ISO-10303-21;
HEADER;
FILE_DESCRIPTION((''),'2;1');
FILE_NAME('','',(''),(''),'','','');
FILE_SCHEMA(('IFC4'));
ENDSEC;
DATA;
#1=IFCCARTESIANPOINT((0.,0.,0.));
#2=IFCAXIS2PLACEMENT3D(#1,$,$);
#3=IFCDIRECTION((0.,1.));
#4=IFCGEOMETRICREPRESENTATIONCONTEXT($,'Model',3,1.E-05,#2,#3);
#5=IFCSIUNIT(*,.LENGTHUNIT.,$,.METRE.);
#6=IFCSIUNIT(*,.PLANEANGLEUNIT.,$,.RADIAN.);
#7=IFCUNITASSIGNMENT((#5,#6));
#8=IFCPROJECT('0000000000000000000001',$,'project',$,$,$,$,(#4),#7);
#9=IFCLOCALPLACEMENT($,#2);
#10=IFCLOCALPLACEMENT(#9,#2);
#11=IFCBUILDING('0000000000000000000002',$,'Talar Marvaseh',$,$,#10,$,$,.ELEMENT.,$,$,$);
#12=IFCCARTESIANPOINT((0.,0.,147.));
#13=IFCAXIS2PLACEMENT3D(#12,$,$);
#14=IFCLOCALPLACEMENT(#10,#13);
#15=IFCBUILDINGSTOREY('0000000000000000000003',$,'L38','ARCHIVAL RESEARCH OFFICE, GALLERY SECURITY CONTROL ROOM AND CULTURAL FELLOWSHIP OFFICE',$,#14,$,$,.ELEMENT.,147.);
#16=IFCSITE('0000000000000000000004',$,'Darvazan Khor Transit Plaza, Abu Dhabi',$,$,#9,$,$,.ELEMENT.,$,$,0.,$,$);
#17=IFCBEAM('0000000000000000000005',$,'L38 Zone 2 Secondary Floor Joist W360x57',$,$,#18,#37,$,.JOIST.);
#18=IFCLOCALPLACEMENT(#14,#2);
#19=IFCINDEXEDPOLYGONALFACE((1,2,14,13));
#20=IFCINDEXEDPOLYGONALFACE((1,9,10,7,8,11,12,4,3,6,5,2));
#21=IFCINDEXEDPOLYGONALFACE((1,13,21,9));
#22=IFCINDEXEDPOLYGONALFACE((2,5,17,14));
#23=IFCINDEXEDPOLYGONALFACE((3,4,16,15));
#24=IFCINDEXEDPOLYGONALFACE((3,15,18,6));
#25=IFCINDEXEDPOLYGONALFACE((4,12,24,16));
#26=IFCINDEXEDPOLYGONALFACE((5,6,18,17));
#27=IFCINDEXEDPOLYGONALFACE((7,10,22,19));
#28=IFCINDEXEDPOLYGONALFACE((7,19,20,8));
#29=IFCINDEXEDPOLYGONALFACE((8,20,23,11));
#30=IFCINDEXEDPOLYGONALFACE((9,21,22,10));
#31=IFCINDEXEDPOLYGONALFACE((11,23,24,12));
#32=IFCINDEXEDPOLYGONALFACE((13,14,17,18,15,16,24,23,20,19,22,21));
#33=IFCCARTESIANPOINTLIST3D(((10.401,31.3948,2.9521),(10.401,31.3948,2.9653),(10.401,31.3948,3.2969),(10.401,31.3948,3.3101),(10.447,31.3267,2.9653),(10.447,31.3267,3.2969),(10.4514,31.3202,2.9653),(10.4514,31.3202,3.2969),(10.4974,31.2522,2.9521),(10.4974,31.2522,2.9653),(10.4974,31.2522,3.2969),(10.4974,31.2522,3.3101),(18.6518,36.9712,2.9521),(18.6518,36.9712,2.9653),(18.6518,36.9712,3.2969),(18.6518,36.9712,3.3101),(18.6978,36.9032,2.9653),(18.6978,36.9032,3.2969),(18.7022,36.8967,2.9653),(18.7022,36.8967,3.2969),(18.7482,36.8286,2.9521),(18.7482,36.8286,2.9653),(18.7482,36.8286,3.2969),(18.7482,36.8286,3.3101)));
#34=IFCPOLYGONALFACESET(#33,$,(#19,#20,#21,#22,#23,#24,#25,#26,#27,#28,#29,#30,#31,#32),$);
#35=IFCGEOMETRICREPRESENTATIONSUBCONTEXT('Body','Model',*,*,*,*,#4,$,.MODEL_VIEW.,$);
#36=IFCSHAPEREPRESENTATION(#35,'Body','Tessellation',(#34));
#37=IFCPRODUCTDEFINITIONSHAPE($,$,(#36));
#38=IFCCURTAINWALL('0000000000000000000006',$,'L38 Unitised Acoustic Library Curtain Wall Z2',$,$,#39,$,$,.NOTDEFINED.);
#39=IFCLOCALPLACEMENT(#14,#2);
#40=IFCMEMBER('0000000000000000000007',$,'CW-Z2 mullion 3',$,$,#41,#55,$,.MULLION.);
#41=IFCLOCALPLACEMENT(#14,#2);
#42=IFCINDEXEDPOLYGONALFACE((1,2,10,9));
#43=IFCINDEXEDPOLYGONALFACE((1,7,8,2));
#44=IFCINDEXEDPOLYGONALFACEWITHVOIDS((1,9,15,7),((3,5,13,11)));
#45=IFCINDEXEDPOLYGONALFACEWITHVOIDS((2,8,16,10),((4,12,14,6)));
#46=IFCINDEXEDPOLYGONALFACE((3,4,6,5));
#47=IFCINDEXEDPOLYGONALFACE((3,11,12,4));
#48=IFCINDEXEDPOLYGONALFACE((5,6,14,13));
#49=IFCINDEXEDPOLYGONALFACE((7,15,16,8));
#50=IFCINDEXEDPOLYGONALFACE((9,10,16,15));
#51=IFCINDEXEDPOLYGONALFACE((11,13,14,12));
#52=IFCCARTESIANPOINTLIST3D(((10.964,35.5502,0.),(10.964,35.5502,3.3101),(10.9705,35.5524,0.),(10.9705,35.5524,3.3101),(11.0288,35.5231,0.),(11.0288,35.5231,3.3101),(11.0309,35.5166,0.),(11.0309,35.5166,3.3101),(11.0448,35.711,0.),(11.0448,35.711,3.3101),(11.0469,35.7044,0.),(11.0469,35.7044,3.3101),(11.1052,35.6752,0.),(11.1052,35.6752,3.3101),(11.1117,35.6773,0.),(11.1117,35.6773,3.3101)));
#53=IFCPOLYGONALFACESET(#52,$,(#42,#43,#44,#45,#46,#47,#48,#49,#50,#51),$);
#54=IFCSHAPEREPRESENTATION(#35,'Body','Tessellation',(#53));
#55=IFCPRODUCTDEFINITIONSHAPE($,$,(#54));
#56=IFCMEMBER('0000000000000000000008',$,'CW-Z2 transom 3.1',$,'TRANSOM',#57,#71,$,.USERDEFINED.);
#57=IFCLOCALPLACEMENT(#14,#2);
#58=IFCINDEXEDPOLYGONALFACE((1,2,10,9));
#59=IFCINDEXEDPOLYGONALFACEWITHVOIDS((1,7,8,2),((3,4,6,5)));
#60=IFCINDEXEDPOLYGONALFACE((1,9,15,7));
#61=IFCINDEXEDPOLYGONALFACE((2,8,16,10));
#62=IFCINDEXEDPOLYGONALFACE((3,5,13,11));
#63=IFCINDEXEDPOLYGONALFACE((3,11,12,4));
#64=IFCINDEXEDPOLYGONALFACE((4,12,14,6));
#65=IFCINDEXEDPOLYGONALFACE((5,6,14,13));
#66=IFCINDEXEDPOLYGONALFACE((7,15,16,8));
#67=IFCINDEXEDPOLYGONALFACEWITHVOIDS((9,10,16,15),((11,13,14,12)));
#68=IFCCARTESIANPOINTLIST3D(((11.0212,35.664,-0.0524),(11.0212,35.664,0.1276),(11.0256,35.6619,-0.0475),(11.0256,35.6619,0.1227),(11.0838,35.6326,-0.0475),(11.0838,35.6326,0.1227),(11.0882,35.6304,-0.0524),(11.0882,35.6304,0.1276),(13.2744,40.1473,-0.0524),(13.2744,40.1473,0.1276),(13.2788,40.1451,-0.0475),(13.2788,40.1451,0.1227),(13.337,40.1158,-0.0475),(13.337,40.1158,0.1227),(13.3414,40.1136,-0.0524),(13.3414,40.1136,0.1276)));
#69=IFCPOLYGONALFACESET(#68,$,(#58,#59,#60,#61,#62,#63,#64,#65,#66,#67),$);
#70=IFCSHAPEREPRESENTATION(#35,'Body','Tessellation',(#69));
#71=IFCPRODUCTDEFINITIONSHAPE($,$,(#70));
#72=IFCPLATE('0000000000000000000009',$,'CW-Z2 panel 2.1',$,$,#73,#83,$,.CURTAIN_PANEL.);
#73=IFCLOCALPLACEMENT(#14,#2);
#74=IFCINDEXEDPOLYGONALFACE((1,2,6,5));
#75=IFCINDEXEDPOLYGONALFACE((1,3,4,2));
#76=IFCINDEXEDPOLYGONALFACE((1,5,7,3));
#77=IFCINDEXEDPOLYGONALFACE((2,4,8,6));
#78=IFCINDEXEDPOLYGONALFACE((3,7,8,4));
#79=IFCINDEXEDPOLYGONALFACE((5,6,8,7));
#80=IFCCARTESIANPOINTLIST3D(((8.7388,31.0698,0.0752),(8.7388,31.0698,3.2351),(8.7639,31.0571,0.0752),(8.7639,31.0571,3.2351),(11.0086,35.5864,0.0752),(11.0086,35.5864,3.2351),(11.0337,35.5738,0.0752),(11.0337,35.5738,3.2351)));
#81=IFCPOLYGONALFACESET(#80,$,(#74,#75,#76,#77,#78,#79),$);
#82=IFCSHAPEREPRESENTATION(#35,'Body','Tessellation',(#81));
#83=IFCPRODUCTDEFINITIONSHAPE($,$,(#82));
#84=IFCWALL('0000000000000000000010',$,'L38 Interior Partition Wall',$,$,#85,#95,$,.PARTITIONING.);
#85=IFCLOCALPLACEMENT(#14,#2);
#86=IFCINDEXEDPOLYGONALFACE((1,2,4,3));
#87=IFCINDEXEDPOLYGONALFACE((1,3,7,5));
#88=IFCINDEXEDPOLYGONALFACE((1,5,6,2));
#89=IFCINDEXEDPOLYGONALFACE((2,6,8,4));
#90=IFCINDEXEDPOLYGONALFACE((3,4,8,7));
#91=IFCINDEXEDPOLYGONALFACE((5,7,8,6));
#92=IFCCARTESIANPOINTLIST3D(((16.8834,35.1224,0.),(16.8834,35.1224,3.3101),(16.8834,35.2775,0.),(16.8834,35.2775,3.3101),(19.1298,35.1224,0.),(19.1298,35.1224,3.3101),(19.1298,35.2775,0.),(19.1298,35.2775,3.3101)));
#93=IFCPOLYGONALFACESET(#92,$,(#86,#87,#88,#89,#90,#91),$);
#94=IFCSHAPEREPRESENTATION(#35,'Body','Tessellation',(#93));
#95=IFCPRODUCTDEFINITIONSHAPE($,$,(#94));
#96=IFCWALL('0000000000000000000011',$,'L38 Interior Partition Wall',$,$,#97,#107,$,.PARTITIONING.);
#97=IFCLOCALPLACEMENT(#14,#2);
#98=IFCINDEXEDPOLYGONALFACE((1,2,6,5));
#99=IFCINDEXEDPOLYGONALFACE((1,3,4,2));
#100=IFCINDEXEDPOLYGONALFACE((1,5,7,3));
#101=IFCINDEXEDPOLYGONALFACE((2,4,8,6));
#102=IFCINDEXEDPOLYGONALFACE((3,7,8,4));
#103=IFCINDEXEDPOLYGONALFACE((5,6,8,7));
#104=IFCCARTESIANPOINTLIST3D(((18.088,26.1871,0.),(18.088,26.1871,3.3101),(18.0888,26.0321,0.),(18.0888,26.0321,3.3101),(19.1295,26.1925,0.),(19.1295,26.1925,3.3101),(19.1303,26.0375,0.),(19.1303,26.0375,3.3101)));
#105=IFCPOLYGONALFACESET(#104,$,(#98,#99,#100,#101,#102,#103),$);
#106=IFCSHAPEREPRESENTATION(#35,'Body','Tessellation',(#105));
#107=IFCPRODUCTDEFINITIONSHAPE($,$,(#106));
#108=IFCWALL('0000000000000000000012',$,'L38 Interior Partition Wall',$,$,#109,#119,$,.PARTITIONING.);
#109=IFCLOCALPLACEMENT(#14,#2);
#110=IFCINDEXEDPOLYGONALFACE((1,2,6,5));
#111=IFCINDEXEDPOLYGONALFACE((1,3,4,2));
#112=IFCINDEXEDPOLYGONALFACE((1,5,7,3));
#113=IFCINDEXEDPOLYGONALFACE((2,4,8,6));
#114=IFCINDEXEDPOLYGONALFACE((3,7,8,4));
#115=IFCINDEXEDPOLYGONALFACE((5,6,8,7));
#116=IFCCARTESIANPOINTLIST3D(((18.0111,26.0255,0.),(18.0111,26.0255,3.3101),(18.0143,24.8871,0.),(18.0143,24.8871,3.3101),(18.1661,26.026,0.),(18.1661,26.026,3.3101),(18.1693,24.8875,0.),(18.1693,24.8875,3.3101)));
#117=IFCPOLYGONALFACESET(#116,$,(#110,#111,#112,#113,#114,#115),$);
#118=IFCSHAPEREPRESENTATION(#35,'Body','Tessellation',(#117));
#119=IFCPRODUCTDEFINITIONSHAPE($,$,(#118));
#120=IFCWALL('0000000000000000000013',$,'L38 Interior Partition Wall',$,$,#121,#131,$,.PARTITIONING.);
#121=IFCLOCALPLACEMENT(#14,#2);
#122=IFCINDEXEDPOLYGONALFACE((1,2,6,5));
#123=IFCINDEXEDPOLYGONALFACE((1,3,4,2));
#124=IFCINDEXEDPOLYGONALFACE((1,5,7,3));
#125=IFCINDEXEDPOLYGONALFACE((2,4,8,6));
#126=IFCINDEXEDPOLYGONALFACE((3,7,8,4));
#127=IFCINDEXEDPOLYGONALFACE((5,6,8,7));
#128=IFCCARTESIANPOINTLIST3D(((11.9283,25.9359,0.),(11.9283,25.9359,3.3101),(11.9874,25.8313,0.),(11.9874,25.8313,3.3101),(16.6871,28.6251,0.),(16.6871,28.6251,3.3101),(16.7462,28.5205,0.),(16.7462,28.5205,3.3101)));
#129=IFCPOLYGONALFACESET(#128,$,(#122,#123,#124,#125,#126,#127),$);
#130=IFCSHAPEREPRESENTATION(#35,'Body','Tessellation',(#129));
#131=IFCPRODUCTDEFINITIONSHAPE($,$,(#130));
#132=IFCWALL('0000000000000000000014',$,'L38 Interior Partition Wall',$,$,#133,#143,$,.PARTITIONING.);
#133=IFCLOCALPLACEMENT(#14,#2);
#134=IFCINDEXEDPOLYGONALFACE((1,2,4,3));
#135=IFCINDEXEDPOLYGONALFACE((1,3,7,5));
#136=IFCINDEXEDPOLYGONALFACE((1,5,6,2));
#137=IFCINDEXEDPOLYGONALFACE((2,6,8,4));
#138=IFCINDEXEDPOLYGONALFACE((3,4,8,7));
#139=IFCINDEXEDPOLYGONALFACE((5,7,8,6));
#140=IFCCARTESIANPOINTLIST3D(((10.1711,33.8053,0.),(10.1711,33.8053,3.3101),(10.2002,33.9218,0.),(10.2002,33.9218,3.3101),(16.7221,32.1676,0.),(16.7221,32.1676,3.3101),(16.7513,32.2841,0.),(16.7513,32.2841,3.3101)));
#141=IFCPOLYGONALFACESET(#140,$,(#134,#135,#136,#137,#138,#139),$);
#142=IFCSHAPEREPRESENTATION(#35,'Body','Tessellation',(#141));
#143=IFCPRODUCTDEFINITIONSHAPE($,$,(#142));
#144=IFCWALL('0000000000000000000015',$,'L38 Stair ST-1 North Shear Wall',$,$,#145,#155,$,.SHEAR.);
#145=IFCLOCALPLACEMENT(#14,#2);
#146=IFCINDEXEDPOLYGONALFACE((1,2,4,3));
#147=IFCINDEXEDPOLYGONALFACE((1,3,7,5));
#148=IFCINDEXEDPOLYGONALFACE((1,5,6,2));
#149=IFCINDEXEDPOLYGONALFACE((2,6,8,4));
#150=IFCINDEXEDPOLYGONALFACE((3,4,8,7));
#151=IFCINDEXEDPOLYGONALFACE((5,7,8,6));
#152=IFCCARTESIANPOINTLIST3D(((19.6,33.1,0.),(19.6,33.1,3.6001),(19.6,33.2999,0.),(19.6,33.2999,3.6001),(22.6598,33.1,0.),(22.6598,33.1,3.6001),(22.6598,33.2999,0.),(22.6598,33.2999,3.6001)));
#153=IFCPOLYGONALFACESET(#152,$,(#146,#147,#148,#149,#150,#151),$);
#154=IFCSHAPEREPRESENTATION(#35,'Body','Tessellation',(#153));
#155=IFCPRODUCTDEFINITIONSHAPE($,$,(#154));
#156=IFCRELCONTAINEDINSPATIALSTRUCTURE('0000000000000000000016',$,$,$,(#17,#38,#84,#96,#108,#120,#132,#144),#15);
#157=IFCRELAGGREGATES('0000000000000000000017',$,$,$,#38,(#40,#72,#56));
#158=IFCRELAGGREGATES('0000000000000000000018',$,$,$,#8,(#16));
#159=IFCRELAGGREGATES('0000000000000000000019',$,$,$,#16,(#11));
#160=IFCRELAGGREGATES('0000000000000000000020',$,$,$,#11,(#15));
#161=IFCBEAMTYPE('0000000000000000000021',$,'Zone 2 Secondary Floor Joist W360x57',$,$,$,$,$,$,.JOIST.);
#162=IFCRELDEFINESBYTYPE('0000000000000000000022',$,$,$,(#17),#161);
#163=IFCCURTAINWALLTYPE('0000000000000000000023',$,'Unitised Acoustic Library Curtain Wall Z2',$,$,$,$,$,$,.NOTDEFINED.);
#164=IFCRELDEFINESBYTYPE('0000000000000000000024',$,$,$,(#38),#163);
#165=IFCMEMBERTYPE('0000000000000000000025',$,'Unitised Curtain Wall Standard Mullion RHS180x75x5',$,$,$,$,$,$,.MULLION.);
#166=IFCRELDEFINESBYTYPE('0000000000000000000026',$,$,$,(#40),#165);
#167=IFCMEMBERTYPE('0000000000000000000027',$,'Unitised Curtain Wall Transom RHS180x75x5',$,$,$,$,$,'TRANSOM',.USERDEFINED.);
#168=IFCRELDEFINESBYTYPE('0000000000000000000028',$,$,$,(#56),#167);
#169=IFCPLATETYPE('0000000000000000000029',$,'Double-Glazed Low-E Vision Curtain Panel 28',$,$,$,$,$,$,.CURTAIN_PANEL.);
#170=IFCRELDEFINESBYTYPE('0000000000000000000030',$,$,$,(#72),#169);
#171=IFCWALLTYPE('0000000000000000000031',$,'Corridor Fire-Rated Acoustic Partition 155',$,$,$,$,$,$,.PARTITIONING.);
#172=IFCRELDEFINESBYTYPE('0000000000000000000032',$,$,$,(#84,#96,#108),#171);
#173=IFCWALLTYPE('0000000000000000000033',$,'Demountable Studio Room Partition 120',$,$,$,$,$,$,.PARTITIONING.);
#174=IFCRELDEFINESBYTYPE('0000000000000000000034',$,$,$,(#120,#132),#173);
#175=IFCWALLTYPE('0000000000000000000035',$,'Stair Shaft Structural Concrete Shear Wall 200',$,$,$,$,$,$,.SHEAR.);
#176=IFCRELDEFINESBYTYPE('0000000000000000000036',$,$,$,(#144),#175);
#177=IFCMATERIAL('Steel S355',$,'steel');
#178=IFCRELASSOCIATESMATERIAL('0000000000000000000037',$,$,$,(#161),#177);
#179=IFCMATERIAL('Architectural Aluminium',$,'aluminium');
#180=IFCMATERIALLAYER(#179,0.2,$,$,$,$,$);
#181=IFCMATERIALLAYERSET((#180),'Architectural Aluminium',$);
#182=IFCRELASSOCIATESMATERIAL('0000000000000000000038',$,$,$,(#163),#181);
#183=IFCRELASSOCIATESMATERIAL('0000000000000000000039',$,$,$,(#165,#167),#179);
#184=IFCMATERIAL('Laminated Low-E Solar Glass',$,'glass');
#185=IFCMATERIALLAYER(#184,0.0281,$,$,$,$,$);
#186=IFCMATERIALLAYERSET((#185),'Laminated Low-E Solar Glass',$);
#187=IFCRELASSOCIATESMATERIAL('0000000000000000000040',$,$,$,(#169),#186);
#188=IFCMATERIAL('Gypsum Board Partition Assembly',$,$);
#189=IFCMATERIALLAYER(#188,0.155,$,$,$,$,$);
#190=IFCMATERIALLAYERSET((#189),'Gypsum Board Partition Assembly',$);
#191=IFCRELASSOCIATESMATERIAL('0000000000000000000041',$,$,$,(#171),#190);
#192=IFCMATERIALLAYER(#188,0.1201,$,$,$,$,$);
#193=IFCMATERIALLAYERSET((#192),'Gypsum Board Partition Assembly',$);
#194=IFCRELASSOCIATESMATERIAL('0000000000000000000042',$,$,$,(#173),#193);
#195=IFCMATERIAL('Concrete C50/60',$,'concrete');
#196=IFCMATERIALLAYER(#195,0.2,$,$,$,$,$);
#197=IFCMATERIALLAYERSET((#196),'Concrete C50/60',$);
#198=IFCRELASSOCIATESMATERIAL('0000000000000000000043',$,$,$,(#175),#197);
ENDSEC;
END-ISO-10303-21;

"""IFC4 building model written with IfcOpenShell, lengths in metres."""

from ifc_helpers import new_model, si_unit, direction, frame, frame_2d, origin, origin_2d, place, context, subcontext, project, spatial, rectangle, hollow_rectangle, i_section, extrude, source, transform, mapped, material, layer, layer_set, material_profile, profile_set, type_object, type_shapes, element, aggregate, save


model = new_model("IFC4")

# Units and contexts
model_context = context("Model", 3, precision=1e-05, world=origin(), true_north=direction((0.0, 1.0)))
body_context = subcontext(model_context, "Body", "Model", "MODEL_VIEW")
ifc_project = project(units=[si_unit("LENGTHUNIT", "METRE"), si_unit("PLANEANGLEUNIT", "RADIAN")], contexts=[model_context])

# Site, building, storey
site_placement = place(None, origin())
site = spatial("IfcSite", under=ifc_project, at=site_placement, Name="Darvazan Khor Transit Plaza, Abu Dhabi", CompositionType="ELEMENT", RefElevation=0.0)
building_placement = place(site_placement, origin())
building = spatial("IfcBuilding", under=site, at=building_placement, Name="Talar Marvaseh", CompositionType="ELEMENT")
storey_placement = place(building_placement, frame((0.0, 0.0, 147.0)))
storey = spatial("IfcBuildingStorey", under=building, at=storey_placement, Name="L38", Description="ARCHIVAL RESEARCH OFFICE, GALLERY SECURITY CONTROL ROOM AND CULTURAL FELLOWSHIP OFFICE", CompositionType="ELEMENT", Elevation=147.0)

# Beam
ifc_material_1 = material(Name="Steel S355", Category="steel")
ifc_material_profile_1 = material_profile(ifc_material_1, i_section(OverallWidth=0.1721, OverallDepth=0.3579, WebThickness=0.0078, FlangeThickness=0.0132, at=origin_2d()), Name="W360x57")
ifc_profile_set_1 = profile_set([ifc_material_profile_1], Name="Steel S355")
beam_type = type_object("IfcBeamType", Name="Zone 2 Secondary Floor Joist W360x57", PredefinedType="JOIST", material=ifc_profile_set_1)
beam_placement = place(storey_placement, frame((10.4492, 31.3235, 3.1311), z_axis=(0.828515, 0.559967, 0.0), x_axis=(-0.559967, 0.828515, 0.0)))
element("IfcBeam", 1, at=beam_placement, inside=storey, type_object=beam_type, Name="L38 Zone 2 Secondary Floor Joist W360x57", PredefinedType="JOIST", context=body_context, shape_type="SweptSolid", body=[
    extrude(i_section(OverallWidth=0.1721, OverallDepth=0.3579, WebThickness=0.0078, FlangeThickness=0.0132, at=origin_2d()), origin(), (0.0, 0.0, 1.0), 9.9585),
])

# Curtain wall, members, plate
ifc_material_2 = material(Name="Architectural Aluminium", Category="aluminium")
ifc_layer_1 = layer(ifc_material_2, 0.2)
ifc_layer_set_1 = layer_set([ifc_layer_1], Name="Architectural Aluminium")
curtain_wall_type = type_object("IfcCurtainWallType", Name="Unitised Acoustic Library Curtain Wall Z2", PredefinedType="NOTDEFINED", material=ifc_layer_set_1)
curtain_wall_placement = place(storey_placement, origin())
curtain_wall = element("IfcCurtainWall", 2, at=curtain_wall_placement, inside=storey, type_object=curtain_wall_type, Name="L38 Unitised Acoustic Library Curtain Wall Z2", PredefinedType="NOTDEFINED")
ifc_material_profile_2 = material_profile(ifc_material_2, hollow_rectangle(XDim=0.075, YDim=0.1799, WallThickness=0.0049, at=origin_2d()), Name="RHS180x75x5")
ifc_profile_set_2 = profile_set([ifc_material_profile_2], Name="Architectural Aluminium")
member_type_1 = type_object("IfcMemberType", Name="Unitised Curtain Wall Standard Mullion RHS180x75x5", PredefinedType="MULLION", material=ifc_profile_set_2)
shared_shape_1 = source(origin(), body_context, "Body", "SweptSolid", [
    extrude(hollow_rectangle(XDim=0.075, YDim=0.1799, WallThickness=0.0049, at=origin_2d()), origin(), (0.0, 0.0, 1.0), 3.3101),
])
type_shapes(member_type_1, [shared_shape_1])
member_1_placement = place(storey_placement, frame((11.0378, 35.6138, 0.0), z_axis=(0.0, 0.0, 1.0), x_axis=(-0.893514, 0.449035, 0.0)))
member_1 = element("IfcMember", 3, at=member_1_placement, type_object=member_type_1, Name="CW-Z2 mullion 3", PredefinedType="MULLION", context=body_context, shape_type="MappedRepresentation", body=[
    mapped(shared_shape_1, transform((0.0, 0.0, 0.0), x_axis=(1.0, 0.0, 0.0), y_axis=(0.0, 1.0, 0.0), z_axis=(0.0, 0.0, 1.0), scale=1.0)),
])
ifc_material_profile_3 = material_profile(ifc_material_2, hollow_rectangle(XDim=0.075, YDim=0.1799, WallThickness=0.0049, at=origin_2d()), Name="RHS180x75x5")
ifc_profile_set_3 = profile_set([ifc_material_profile_3], Name="Architectural Aluminium")
member_type_2 = type_object("IfcMemberType", Name="Unitised Curtain Wall Transom RHS180x75x5", ElementType="TRANSOM", PredefinedType="USERDEFINED", material=ifc_profile_set_3)
shared_shape_2 = source(origin(), body_context, "Body", "SweptSolid", [
    extrude(hollow_rectangle(XDim=0.075, YDim=0.1799, WallThickness=0.0049, at=origin_2d()), origin(), (0.0, 0.0, 1.0), 5.0176),
])
type_shapes(member_type_2, [shared_shape_2])
member_2_placement = place(storey_placement, frame((11.0547, 35.6472, 0.0376), z_axis=(0.449062, 0.893501, 0.0), x_axis=(-0.893501, 0.449062, 0.0)))
member_2 = element("IfcMember", 4, at=member_2_placement, type_object=member_type_2, Name="CW-Z2 transom 3.1", ObjectType="TRANSOM", PredefinedType="USERDEFINED", context=body_context, shape_type="MappedRepresentation", body=[
    mapped(shared_shape_2, transform((0.0, 0.0, 0.0), x_axis=(1.0, 0.0, 0.0), y_axis=(0.0, 1.0, 0.0), z_axis=(0.0, 0.0, 1.0), scale=1.0)),
])
ifc_material_3 = material(Name="Laminated Low-E Solar Glass", Category="glass")
ifc_layer_2 = layer(ifc_material_3, 0.0281)
ifc_layer_set_2 = layer_set([ifc_layer_2], Name="Laminated Low-E Solar Glass")
plate_type = type_object("IfcPlateType", Name="Double-Glazed Low-E Vision Curtain Panel 28", PredefinedType="CURTAIN_PANEL", material=ifc_layer_set_2)
shared_shape_3 = source(origin(), body_context, "Body", "SweptSolid", [
    extrude(rectangle(XDim=5.0549, YDim=0.0281, at=origin_2d()), origin(), (0.0, 0.0, 1.0), 3.1599),
])
type_shapes(plate_type, [shared_shape_3])
plate_placement = place(storey_placement, frame((9.8862, 33.3218, 0.0752), z_axis=(0.0, 0.0, 1.0), x_axis=(0.449035, 0.893514, 0.0)))
plate = element("IfcPlate", 5, at=plate_placement, type_object=plate_type, Name="CW-Z2 panel 2.1", PredefinedType="CURTAIN_PANEL", context=body_context, shape_type="MappedRepresentation", body=[
    mapped(shared_shape_3, transform((0.0, 0.0, 0.0), x_axis=(1.0, 0.0, 0.0), y_axis=(0.0, 1.0, 0.0), z_axis=(0.0, 0.0, 1.0), scale=1.0)),
])
aggregate(curtain_wall, [member_1, plate, member_2])

# Walls
ifc_material_4 = material(Name="Gypsum Board Partition Assembly")
ifc_layer_3 = layer(ifc_material_4, 0.155)
ifc_layer_set_3 = layer_set([ifc_layer_3], Name="Gypsum Board Partition Assembly")
wall_type_1 = type_object("IfcWallType", Name="Corridor Fire-Rated Acoustic Partition 155", PredefinedType="PARTITIONING", material=ifc_layer_set_3)
wall_1_placement = place(storey_placement, frame((16.8835, 35.2, 0.0), z_axis=(0.0, 0.0, 1.0), x_axis=(1.0, 0.0, 0.0)))
element("IfcWall", 6, at=wall_1_placement, inside=storey, type_object=wall_type_1, Name="L38 Interior Partition Wall", PredefinedType="PARTITIONING", context=body_context, shape_type="SweptSolid", body=[
    extrude(rectangle(XDim=2.2463, YDim=0.155, at=frame_2d((1.123, 0.0))), origin(), (0.0, 0.0, 1.0), 3.3101),
])
wall_2_placement = place(storey_placement, frame((19.1299, 26.115, 0.0), z_axis=(0.0, 0.0, 1.0), x_axis=(-0.999987, -0.005157, 0.0)))
element("IfcWall", 7, at=wall_2_placement, inside=storey, type_object=wall_type_1, Name="L38 Interior Partition Wall", PredefinedType="PARTITIONING", context=body_context, shape_type="SweptSolid", body=[
    extrude(rectangle(XDim=1.0415, YDim=0.155, at=frame_2d((0.5208, 0.0))), origin(), (0.0, 0.0, 1.0), 3.3101),
])
wall_3_placement = place(storey_placement, frame((18.0886, 26.0259, 0.0), z_axis=(0.0, 0.0, 1.0), x_axis=(0.002788, -0.999996, 0.0)))
element("IfcWall", 8, at=wall_3_placement, inside=storey, type_object=wall_type_1, Name="L38 Interior Partition Wall", PredefinedType="PARTITIONING", context=body_context, shape_type="SweptSolid", body=[
    extrude(rectangle(XDim=1.1384, YDim=0.155, at=frame_2d((0.5693, 0.0))), origin(), (0.0, 0.0, 1.0), 3.3101),
])
ifc_layer_4 = layer(ifc_material_4, 0.1201)
ifc_layer_set_4 = layer_set([ifc_layer_4], Name="Gypsum Board Partition Assembly")
wall_type_2 = type_object("IfcWallType", Name="Demountable Studio Room Partition 120", PredefinedType="PARTITIONING", material=ifc_layer_set_4)
wall_4_placement = place(storey_placement, frame((16.7166, 28.5728, 0.0), z_axis=(0.0, 0.0, 1.0), x_axis=(-0.870605, -0.491982, 0.0)))
element("IfcWall", 9, at=wall_4_placement, inside=storey, type_object=wall_type_2, Name="L38 Interior Partition Wall", PredefinedType="PARTITIONING", context=body_context, shape_type="SweptSolid", body=[
    extrude(rectangle(XDim=5.4661, YDim=0.1201, at=frame_2d((2.7329, 0.0))), origin(), (0.0, 0.0, 1.0), 3.3101),
])
wall_5_placement = place(storey_placement, frame((16.7368, 32.2258, 0.0), z_axis=(0.0, 0.0, 1.0), x_axis=(-0.970145, 0.242527, 0.0)))
element("IfcWall", 10, at=wall_5_placement, inside=storey, type_object=wall_type_2, Name="L38 Interior Partition Wall", PredefinedType="PARTITIONING", context=body_context, shape_type="SweptSolid", body=[
    extrude(rectangle(XDim=6.7527, YDim=0.1201, at=frame_2d((3.3765, 0.0))), origin(), (0.0, 0.0, 1.0), 3.3101),
])
ifc_material_5 = material(Name="Concrete C50/60", Category="concrete")
ifc_layer_5 = layer(ifc_material_5, 0.2)
ifc_layer_set_5 = layer_set([ifc_layer_5], Name="Concrete C50/60")
wall_type_3 = type_object("IfcWallType", Name="Stair Shaft Structural Concrete Shear Wall 200", PredefinedType="SHEAR", material=ifc_layer_set_5)
wall_6_placement = place(storey_placement, frame((19.6001, 33.2, 0.0), z_axis=(0.0, 0.0, 1.0), x_axis=(1.0, 0.0, 0.0)))
element("IfcWall", 11, at=wall_6_placement, inside=storey, type_object=wall_type_3, Name="L38 Stair ST-1 North Shear Wall", PredefinedType="SHEAR", context=body_context, shape_type="SweptSolid", body=[
    extrude(rectangle(XDim=3.0598, YDim=0.2, at=frame_2d((1.5298, 0.0))), origin(), (0.0, 0.0, 1.0), 3.6001),
])

save(model, "model.ifc")
